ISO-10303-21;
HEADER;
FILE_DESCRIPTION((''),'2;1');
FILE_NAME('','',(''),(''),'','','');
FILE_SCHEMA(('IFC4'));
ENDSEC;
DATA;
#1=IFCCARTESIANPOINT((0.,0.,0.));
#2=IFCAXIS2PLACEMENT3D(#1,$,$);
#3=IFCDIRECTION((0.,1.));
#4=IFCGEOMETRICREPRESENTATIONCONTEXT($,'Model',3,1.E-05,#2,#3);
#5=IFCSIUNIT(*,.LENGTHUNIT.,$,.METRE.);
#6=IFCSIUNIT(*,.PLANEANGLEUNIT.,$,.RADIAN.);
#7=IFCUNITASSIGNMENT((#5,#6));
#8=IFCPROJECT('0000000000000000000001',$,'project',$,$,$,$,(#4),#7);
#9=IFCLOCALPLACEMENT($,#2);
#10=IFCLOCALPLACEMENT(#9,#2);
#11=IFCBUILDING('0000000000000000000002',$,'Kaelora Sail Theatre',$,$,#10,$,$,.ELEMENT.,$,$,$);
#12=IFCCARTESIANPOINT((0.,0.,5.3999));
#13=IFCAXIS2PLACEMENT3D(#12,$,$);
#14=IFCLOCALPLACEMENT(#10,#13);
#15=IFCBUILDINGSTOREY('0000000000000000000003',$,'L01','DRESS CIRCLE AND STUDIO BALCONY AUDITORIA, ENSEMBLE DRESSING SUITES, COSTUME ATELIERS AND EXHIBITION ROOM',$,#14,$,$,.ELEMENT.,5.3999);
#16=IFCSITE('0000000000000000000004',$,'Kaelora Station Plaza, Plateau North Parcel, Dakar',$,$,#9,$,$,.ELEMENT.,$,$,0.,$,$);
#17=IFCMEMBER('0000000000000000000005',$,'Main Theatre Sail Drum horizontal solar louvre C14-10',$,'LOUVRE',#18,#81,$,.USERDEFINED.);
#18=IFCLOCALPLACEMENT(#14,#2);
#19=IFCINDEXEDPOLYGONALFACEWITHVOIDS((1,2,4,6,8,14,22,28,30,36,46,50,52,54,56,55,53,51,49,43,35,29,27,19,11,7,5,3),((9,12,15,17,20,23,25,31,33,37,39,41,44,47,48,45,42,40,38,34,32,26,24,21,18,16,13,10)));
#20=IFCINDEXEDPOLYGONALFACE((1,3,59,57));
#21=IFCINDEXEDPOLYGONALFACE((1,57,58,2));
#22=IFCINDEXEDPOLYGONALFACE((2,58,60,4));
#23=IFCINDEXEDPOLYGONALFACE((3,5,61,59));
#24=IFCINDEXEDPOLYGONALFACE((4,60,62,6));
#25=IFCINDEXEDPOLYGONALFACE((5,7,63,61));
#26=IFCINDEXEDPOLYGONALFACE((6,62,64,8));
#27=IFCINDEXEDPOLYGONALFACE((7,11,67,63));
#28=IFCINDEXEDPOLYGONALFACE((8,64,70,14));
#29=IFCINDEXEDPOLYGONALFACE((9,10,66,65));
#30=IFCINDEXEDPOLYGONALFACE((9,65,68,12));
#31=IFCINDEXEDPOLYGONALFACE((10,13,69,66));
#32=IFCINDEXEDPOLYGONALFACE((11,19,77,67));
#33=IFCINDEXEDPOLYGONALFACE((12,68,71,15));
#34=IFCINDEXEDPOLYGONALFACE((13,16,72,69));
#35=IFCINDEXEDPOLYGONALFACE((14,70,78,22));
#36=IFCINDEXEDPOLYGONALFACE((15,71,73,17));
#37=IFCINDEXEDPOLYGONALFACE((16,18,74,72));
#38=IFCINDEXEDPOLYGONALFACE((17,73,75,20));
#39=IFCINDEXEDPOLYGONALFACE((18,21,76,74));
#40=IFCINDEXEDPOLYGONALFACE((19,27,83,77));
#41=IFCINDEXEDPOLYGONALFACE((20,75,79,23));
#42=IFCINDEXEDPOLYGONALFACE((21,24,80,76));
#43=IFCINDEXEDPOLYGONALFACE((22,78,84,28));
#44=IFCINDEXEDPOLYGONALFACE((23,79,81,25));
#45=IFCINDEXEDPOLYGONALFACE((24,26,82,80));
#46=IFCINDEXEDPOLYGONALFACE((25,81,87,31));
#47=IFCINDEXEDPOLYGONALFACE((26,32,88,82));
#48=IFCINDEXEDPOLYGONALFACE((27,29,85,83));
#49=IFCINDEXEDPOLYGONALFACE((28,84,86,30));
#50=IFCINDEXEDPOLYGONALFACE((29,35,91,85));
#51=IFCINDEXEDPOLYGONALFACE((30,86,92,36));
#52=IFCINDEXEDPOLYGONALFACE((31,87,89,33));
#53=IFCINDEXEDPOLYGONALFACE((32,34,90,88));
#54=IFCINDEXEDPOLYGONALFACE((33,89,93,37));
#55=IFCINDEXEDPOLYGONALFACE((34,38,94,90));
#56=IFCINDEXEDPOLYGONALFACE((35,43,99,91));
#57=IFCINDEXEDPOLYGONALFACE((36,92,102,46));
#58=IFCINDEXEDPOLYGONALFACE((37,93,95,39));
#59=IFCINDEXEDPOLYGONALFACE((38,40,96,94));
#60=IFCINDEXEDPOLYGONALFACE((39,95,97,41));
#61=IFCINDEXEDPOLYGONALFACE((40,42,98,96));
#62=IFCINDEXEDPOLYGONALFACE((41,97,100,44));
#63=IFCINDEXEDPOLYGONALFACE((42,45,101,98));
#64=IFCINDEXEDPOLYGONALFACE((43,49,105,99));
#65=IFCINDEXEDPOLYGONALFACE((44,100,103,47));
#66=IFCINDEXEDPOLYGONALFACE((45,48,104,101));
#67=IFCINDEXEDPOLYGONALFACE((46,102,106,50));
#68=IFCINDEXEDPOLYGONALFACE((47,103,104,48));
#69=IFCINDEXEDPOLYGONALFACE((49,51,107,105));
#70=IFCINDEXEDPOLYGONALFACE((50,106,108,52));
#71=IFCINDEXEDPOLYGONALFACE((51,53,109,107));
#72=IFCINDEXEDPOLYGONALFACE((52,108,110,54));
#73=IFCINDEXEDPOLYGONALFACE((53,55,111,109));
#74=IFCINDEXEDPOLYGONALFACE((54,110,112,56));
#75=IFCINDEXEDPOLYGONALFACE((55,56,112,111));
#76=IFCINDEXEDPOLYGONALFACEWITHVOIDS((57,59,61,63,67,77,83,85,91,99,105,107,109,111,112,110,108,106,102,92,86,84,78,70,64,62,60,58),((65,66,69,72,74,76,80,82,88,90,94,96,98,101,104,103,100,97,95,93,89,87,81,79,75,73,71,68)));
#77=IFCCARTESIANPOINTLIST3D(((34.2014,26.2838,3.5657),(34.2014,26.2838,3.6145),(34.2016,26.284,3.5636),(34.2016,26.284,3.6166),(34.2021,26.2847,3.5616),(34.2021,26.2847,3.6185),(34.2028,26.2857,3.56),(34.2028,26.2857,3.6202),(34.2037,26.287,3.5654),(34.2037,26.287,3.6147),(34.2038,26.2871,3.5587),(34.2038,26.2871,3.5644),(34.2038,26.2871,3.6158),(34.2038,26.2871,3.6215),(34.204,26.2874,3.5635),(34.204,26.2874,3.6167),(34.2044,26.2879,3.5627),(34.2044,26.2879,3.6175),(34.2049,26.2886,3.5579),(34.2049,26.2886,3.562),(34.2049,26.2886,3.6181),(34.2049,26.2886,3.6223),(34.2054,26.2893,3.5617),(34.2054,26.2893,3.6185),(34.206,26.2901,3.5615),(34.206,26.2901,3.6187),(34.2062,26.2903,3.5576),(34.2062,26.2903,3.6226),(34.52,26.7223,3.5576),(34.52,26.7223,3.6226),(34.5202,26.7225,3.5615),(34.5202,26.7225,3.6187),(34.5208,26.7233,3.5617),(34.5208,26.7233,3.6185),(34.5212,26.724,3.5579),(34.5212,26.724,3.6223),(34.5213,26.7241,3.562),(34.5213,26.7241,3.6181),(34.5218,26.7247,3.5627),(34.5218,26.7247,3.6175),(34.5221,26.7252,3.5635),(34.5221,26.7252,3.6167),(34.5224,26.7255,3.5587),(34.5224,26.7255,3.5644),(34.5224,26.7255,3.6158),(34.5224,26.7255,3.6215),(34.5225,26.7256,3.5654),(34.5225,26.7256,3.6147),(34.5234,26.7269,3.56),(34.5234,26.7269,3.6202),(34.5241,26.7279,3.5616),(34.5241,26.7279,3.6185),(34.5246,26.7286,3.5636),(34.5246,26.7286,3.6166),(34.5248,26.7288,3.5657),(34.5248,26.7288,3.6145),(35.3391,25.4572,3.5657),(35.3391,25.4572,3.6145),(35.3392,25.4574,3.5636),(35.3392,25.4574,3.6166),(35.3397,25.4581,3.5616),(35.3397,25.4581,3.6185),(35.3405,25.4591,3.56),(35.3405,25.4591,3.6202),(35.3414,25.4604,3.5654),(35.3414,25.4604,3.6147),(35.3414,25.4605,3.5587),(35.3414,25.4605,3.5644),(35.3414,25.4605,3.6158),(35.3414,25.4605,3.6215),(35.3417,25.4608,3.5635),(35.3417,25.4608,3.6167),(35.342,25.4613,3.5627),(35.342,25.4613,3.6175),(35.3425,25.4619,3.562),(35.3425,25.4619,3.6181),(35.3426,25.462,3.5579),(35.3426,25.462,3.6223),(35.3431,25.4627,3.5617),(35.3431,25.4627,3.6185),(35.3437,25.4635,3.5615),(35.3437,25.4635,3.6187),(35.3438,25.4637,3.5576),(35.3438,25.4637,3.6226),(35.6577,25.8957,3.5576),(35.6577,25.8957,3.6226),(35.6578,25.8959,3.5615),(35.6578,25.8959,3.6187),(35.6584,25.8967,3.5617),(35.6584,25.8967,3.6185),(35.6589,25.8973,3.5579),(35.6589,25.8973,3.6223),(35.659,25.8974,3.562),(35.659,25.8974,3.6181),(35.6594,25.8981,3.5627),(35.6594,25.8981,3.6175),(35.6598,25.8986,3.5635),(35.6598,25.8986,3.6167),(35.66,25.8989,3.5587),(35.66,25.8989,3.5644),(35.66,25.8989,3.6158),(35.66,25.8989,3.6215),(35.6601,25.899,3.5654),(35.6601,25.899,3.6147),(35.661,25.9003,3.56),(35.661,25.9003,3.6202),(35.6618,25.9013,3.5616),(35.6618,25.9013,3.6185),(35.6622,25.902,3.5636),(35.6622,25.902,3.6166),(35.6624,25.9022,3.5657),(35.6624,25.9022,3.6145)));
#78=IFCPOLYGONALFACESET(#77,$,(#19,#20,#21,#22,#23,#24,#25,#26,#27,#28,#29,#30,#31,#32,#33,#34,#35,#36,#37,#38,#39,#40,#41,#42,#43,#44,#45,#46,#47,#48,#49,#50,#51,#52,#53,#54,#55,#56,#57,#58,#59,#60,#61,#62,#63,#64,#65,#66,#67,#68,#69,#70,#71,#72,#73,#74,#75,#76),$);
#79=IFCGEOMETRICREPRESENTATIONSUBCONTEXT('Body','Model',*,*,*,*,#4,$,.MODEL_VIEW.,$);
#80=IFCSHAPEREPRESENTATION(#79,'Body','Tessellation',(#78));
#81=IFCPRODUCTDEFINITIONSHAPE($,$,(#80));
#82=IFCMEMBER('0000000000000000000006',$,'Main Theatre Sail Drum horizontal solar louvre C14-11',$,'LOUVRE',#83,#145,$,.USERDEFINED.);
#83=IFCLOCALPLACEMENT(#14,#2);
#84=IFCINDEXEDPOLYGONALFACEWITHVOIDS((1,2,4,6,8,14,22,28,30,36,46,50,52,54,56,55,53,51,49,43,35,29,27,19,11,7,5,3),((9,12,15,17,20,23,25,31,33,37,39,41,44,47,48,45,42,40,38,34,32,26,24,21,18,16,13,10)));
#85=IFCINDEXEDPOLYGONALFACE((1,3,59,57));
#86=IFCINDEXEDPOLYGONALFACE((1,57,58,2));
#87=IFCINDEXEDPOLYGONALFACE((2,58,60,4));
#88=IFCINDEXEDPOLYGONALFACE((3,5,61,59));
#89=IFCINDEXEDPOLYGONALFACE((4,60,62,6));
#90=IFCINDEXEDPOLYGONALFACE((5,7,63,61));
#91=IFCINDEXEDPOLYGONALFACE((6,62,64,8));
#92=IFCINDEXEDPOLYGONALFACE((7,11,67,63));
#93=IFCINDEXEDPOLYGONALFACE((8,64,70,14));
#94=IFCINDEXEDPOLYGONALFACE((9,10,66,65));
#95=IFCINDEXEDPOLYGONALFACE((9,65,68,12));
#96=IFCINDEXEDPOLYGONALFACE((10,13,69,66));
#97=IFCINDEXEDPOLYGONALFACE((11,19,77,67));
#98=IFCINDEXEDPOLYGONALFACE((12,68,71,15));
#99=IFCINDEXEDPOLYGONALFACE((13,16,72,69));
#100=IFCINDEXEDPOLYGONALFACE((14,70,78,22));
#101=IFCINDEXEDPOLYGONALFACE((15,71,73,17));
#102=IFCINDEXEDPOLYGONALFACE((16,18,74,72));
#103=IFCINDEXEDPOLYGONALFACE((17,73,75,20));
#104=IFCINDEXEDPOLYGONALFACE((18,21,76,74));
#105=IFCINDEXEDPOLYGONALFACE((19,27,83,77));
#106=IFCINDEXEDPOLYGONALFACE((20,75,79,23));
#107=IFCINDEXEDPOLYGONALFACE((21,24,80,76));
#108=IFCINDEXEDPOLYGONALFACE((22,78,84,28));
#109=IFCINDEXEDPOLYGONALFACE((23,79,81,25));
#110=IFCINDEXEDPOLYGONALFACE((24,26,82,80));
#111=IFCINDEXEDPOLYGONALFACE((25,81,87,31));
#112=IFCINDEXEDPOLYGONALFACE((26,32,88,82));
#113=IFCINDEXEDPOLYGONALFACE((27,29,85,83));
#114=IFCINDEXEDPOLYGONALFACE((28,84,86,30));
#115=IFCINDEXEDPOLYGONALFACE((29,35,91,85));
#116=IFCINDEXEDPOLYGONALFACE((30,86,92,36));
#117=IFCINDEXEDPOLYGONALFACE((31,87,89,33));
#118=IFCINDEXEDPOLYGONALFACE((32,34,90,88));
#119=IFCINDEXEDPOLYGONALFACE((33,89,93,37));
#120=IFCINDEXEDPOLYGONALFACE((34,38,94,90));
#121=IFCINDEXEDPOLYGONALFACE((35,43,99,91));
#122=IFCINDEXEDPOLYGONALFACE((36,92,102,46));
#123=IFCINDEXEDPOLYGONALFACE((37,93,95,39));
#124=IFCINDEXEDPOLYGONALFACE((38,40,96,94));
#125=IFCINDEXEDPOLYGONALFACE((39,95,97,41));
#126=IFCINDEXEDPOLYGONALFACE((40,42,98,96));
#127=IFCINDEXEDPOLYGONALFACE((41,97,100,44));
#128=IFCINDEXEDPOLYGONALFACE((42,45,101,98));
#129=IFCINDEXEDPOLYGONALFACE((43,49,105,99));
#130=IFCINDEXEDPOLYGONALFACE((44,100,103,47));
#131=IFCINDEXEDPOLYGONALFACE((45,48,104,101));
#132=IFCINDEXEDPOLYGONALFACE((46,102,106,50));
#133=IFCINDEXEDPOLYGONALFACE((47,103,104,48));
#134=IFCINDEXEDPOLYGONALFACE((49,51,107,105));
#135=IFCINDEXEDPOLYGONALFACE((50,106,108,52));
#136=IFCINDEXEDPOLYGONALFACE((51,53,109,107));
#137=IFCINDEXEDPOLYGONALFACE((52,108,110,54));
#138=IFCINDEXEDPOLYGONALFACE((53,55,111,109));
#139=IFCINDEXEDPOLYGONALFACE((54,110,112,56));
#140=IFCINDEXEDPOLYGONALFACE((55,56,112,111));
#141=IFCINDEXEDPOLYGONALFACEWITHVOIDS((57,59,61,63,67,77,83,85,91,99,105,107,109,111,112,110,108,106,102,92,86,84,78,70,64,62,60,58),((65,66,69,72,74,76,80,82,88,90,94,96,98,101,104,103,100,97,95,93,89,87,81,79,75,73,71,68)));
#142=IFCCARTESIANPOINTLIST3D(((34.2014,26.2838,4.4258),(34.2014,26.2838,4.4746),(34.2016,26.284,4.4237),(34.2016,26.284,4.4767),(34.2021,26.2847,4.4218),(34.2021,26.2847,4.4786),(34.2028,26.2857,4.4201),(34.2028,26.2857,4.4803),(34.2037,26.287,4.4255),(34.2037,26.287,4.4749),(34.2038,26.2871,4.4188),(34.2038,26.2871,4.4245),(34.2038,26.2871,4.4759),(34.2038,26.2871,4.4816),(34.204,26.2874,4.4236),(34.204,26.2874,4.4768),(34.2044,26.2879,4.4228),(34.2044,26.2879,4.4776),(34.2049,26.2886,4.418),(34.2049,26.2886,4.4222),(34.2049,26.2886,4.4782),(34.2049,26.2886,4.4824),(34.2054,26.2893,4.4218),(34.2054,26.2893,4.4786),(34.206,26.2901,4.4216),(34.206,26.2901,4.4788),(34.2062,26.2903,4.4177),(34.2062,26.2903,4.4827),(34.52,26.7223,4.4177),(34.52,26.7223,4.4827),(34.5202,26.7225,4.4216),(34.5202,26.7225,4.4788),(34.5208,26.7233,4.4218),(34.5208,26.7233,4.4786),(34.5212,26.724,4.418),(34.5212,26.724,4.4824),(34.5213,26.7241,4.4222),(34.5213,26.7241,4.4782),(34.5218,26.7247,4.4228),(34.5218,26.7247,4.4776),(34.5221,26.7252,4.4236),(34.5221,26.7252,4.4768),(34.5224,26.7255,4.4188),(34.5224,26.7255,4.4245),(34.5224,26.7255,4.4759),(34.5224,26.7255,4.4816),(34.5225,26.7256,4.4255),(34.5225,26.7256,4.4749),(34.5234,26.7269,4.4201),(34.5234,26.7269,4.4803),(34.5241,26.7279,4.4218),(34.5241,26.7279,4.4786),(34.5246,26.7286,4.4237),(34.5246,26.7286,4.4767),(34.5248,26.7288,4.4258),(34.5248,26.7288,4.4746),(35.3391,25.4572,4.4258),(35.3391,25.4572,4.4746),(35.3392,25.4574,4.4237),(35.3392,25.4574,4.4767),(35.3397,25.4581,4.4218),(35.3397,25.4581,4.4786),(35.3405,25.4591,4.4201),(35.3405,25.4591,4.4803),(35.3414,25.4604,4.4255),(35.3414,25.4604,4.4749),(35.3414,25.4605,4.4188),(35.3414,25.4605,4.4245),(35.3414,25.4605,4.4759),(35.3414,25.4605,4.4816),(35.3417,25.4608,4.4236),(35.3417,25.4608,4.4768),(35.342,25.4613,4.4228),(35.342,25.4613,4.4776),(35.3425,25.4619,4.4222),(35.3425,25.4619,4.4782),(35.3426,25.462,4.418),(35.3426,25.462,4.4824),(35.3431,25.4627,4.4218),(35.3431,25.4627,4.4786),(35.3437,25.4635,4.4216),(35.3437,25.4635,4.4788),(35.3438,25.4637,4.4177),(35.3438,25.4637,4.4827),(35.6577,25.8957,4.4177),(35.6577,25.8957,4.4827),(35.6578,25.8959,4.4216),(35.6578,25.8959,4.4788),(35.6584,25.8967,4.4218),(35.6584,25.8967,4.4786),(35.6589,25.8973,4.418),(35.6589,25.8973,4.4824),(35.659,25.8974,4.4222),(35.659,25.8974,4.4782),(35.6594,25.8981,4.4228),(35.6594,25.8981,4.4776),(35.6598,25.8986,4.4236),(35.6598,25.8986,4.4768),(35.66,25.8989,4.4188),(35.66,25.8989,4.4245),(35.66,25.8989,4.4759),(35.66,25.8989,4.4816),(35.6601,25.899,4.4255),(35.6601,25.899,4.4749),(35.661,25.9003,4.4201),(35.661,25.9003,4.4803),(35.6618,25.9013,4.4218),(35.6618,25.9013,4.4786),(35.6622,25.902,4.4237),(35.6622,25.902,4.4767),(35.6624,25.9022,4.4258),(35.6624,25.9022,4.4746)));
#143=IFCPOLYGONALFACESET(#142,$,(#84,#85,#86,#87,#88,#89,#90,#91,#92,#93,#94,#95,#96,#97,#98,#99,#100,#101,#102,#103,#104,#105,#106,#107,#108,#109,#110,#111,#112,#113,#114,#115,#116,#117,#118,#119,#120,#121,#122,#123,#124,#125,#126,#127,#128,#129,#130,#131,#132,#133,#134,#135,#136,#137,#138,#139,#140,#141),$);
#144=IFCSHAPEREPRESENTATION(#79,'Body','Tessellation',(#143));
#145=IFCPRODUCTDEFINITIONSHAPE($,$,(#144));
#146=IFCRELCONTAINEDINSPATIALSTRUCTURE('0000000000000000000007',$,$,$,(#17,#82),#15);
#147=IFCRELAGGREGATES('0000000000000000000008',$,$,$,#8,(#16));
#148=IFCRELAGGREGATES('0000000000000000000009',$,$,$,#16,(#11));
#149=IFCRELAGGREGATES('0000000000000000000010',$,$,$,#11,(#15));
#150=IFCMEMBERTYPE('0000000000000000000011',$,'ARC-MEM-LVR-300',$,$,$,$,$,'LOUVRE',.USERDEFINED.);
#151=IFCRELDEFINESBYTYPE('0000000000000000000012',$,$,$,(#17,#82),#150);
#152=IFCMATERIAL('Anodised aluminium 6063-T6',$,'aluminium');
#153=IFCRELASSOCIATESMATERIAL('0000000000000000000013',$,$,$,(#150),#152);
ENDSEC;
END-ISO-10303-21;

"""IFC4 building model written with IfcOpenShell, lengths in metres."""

from ifc_helpers import new_model, si_unit, direction, frame, origin, origin_2d, place, context, subcontext, project, spatial, hollow_rectangle, extrude, material, material_profile, profile_set, type_object, element, save


model = new_model("IFC4")

# Units and contexts
model_context = context("Model", 3, precision=1e-05, world=origin(), true_north=direction((0.0, 1.0)))
body_context = subcontext(model_context, "Body", "Model", "MODEL_VIEW")
ifc_project = project(units=[si_unit("LENGTHUNIT", "METRE"), si_unit("PLANEANGLEUNIT", "RADIAN")], contexts=[model_context])

# Site, building, storey
site_placement = place(None, origin())
site = spatial("IfcSite", under=ifc_project, at=site_placement, Name="Kaelora Station Plaza, Plateau North Parcel, Dakar", CompositionType="ELEMENT", RefElevation=0.0)
building_placement = place(site_placement, origin())
building = spatial("IfcBuilding", under=site, at=building_placement, Name="Kaelora Sail Theatre", CompositionType="ELEMENT")
storey_placement = place(building_placement, frame((0.0, 0.0, 5.3999)))
storey = spatial("IfcBuildingStorey", under=building, at=storey_placement, Name="L01", Description="DRESS CIRCLE AND STUDIO BALCONY AUDITORIA, ENSEMBLE DRESSING SUITES, COSTUME ATELIERS AND EXHIBITION ROOM", CompositionType="ELEMENT", Elevation=5.3999)

# Members
ifc_material_1 = material(Name="Anodised aluminium 6063-T6", Category="aluminium")
ifc_material_profile_1 = material_profile(ifc_material_1, hollow_rectangle(XDim=0.55, YDim=0.0649, WallThickness=0.0039, InnerFilletRadius=0.0039, OuterFilletRadius=0.0081, at=origin_2d()), Name="LOUVRE 550x65x4")
ifc_profile_set_1 = profile_set([ifc_material_profile_1], Name="Anodised aluminium 6063-T6")
member_type = type_object("IfcMemberType", Name="ARC-MEM-LVR-300", ElementType="LOUVRE", PredefinedType="USERDEFINED", material=ifc_profile_set_1)
for number, where, z_axis, x_axis, name in (
    (1, (35.5007, 25.6797, 3.5901), (-0.808991, 0.587821, 0.0), (-0.587821, -0.808991, 0.0), "Main Theatre Sail Drum horizontal solar louvre C14-10"),
    (2, (35.5007, 25.6797, 4.4502), (-0.808991, 0.587821, 0.0), (-0.587821, -0.808991, 0.0), "Main Theatre Sail Drum horizontal solar louvre C14-11"),
):
    element("IfcMember", number, at=place(storey_placement, frame(where, z_axis=z_axis, x_axis=x_axis)), inside=storey, type_object=member_type, Name=name, ObjectType="LOUVRE", PredefinedType="USERDEFINED", context=body_context, shape_type="SweptSolid", body=[
        extrude(hollow_rectangle(XDim=0.55, YDim=0.0649, WallThickness=0.0039, InnerFilletRadius=0.0039, OuterFilletRadius=0.0081, at=origin_2d()), origin(), (0.0, 0.0, 1.0), 1.4062),
    ])

save(model, "model.ifc")
